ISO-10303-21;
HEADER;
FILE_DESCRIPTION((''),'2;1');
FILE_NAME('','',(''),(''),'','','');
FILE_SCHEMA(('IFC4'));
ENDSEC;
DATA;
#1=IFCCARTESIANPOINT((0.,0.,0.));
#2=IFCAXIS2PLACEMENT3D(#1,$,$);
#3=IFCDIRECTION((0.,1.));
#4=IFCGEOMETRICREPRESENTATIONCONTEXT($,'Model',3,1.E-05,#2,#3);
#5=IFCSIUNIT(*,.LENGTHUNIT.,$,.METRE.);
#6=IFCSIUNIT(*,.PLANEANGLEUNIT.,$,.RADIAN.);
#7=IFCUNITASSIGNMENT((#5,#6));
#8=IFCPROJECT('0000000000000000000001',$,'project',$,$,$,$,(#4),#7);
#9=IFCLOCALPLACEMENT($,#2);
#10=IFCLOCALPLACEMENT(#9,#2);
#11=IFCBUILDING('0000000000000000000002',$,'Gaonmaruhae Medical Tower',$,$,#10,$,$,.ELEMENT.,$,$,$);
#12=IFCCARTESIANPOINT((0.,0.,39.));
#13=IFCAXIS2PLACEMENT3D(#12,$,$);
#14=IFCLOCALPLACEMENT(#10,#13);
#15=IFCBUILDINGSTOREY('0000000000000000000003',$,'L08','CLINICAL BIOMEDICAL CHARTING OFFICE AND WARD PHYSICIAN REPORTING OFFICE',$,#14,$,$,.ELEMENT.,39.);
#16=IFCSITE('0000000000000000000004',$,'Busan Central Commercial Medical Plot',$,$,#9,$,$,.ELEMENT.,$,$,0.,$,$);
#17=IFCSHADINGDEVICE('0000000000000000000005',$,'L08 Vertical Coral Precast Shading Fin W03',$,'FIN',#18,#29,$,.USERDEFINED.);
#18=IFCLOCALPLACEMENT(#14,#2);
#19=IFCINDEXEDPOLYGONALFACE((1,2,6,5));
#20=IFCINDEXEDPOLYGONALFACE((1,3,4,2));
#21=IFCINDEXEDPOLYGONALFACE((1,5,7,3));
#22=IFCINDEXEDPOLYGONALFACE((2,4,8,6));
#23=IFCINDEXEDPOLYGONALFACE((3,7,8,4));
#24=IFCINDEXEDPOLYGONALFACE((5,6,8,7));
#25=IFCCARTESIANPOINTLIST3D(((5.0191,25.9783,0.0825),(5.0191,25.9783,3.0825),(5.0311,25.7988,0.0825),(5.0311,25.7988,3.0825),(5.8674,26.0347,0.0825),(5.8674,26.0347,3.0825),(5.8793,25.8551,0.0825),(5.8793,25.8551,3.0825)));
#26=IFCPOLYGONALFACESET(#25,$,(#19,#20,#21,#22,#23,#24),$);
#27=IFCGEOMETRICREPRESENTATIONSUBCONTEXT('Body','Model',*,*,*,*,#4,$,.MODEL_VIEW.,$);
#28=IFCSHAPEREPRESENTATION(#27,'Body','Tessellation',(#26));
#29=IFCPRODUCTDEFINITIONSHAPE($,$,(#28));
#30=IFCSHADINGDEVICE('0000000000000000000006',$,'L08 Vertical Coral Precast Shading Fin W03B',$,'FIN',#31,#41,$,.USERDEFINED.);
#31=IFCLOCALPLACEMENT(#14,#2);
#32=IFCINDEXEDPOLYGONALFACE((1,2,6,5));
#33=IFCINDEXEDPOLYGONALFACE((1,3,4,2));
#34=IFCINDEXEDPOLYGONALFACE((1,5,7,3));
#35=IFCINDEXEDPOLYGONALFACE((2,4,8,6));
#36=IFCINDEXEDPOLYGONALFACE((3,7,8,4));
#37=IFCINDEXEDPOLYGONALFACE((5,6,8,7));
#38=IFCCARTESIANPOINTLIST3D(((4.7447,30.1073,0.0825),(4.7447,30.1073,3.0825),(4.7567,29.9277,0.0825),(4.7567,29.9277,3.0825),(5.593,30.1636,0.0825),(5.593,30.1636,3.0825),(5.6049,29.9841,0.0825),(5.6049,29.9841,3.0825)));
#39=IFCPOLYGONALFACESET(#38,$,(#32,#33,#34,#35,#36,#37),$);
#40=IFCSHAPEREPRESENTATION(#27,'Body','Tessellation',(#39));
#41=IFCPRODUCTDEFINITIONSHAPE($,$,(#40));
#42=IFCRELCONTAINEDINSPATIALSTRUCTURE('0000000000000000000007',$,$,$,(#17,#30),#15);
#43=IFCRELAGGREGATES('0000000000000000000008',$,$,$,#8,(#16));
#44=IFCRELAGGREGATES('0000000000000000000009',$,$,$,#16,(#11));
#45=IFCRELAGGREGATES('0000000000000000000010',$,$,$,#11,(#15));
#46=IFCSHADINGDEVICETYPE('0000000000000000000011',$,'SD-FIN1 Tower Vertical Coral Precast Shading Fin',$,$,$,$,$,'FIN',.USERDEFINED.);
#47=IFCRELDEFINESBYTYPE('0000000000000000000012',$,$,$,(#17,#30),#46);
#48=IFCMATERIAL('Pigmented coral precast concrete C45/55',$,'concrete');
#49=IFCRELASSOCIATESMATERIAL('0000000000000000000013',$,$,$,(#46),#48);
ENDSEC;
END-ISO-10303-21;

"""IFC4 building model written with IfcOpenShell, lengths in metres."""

from ifc_helpers import new_model, si_unit, direction, frame, origin, origin_2d, place, context, subcontext, project, spatial, rectangle, extrude, material, type_object, element, save


model = new_model("IFC4")

# Units and contexts
model_context = context("Model", 3, precision=1e-05, world=origin(), true_north=direction((0.0, 1.0)))
body_context = subcontext(model_context, "Body", "Model", "MODEL_VIEW")
ifc_project = project(units=[si_unit("LENGTHUNIT", "METRE"), si_unit("PLANEANGLEUNIT", "RADIAN")], contexts=[model_context])

# Site, building, storey
site_placement = place(None, origin())
site = spatial("IfcSite", under=ifc_project, at=site_placement, Name="Busan Central Commercial Medical Plot", CompositionType="ELEMENT", RefElevation=0.0)
building_placement = place(site_placement, origin())
building = spatial("IfcBuilding", under=site, at=building_placement, Name="Gaonmaruhae Medical Tower", CompositionType="ELEMENT")
storey_placement = place(building_placement, frame((0.0, 0.0, 39.0)))
storey = spatial("IfcBuildingStorey", under=building, at=storey_placement, Name="L08", Description="CLINICAL BIOMEDICAL CHARTING OFFICE AND WARD PHYSICIAN REPORTING OFFICE", CompositionType="ELEMENT", Elevation=39.0)

# Shading devices
ifc_material_1 = material(Name="Pigmented coral precast concrete C45/55", Category="concrete")
shading_device_type = type_object("IfcShadingDeviceType", Name="SD-FIN1 Tower Vertical Coral Precast Shading Fin", ElementType="FIN", PredefinedType="USERDEFINED", material=ifc_material_1)
for number, where, z_axis, x_axis, name in (
    (1, (5.4492, 25.9167, 0.0825), (0.0, 0.0, 1.0), (-0.066274, 0.997801, 0.0), "L08 Vertical Coral Precast Shading Fin W03"),
    (2, (5.1748, 30.0457, 0.0825), (0.0, 0.0, 1.0), (-0.066274, 0.997801, 0.0), "L08 Vertical Coral Precast Shading Fin W03B"),
):
    element("IfcShadingDevice", number, at=place(storey_placement, frame(where, z_axis=z_axis, x_axis=x_axis)), inside=storey, type_object=shading_device_type, Name=name, ObjectType="FIN", PredefinedType="USERDEFINED", context=body_context, shape_type="SweptSolid", body=[
        extrude(rectangle(XDim=0.1799, YDim=0.8501, at=origin_2d()), origin(), (0.0, 0.0, 1.0), 3.0),
    ])

save(model, "model.ifc")
